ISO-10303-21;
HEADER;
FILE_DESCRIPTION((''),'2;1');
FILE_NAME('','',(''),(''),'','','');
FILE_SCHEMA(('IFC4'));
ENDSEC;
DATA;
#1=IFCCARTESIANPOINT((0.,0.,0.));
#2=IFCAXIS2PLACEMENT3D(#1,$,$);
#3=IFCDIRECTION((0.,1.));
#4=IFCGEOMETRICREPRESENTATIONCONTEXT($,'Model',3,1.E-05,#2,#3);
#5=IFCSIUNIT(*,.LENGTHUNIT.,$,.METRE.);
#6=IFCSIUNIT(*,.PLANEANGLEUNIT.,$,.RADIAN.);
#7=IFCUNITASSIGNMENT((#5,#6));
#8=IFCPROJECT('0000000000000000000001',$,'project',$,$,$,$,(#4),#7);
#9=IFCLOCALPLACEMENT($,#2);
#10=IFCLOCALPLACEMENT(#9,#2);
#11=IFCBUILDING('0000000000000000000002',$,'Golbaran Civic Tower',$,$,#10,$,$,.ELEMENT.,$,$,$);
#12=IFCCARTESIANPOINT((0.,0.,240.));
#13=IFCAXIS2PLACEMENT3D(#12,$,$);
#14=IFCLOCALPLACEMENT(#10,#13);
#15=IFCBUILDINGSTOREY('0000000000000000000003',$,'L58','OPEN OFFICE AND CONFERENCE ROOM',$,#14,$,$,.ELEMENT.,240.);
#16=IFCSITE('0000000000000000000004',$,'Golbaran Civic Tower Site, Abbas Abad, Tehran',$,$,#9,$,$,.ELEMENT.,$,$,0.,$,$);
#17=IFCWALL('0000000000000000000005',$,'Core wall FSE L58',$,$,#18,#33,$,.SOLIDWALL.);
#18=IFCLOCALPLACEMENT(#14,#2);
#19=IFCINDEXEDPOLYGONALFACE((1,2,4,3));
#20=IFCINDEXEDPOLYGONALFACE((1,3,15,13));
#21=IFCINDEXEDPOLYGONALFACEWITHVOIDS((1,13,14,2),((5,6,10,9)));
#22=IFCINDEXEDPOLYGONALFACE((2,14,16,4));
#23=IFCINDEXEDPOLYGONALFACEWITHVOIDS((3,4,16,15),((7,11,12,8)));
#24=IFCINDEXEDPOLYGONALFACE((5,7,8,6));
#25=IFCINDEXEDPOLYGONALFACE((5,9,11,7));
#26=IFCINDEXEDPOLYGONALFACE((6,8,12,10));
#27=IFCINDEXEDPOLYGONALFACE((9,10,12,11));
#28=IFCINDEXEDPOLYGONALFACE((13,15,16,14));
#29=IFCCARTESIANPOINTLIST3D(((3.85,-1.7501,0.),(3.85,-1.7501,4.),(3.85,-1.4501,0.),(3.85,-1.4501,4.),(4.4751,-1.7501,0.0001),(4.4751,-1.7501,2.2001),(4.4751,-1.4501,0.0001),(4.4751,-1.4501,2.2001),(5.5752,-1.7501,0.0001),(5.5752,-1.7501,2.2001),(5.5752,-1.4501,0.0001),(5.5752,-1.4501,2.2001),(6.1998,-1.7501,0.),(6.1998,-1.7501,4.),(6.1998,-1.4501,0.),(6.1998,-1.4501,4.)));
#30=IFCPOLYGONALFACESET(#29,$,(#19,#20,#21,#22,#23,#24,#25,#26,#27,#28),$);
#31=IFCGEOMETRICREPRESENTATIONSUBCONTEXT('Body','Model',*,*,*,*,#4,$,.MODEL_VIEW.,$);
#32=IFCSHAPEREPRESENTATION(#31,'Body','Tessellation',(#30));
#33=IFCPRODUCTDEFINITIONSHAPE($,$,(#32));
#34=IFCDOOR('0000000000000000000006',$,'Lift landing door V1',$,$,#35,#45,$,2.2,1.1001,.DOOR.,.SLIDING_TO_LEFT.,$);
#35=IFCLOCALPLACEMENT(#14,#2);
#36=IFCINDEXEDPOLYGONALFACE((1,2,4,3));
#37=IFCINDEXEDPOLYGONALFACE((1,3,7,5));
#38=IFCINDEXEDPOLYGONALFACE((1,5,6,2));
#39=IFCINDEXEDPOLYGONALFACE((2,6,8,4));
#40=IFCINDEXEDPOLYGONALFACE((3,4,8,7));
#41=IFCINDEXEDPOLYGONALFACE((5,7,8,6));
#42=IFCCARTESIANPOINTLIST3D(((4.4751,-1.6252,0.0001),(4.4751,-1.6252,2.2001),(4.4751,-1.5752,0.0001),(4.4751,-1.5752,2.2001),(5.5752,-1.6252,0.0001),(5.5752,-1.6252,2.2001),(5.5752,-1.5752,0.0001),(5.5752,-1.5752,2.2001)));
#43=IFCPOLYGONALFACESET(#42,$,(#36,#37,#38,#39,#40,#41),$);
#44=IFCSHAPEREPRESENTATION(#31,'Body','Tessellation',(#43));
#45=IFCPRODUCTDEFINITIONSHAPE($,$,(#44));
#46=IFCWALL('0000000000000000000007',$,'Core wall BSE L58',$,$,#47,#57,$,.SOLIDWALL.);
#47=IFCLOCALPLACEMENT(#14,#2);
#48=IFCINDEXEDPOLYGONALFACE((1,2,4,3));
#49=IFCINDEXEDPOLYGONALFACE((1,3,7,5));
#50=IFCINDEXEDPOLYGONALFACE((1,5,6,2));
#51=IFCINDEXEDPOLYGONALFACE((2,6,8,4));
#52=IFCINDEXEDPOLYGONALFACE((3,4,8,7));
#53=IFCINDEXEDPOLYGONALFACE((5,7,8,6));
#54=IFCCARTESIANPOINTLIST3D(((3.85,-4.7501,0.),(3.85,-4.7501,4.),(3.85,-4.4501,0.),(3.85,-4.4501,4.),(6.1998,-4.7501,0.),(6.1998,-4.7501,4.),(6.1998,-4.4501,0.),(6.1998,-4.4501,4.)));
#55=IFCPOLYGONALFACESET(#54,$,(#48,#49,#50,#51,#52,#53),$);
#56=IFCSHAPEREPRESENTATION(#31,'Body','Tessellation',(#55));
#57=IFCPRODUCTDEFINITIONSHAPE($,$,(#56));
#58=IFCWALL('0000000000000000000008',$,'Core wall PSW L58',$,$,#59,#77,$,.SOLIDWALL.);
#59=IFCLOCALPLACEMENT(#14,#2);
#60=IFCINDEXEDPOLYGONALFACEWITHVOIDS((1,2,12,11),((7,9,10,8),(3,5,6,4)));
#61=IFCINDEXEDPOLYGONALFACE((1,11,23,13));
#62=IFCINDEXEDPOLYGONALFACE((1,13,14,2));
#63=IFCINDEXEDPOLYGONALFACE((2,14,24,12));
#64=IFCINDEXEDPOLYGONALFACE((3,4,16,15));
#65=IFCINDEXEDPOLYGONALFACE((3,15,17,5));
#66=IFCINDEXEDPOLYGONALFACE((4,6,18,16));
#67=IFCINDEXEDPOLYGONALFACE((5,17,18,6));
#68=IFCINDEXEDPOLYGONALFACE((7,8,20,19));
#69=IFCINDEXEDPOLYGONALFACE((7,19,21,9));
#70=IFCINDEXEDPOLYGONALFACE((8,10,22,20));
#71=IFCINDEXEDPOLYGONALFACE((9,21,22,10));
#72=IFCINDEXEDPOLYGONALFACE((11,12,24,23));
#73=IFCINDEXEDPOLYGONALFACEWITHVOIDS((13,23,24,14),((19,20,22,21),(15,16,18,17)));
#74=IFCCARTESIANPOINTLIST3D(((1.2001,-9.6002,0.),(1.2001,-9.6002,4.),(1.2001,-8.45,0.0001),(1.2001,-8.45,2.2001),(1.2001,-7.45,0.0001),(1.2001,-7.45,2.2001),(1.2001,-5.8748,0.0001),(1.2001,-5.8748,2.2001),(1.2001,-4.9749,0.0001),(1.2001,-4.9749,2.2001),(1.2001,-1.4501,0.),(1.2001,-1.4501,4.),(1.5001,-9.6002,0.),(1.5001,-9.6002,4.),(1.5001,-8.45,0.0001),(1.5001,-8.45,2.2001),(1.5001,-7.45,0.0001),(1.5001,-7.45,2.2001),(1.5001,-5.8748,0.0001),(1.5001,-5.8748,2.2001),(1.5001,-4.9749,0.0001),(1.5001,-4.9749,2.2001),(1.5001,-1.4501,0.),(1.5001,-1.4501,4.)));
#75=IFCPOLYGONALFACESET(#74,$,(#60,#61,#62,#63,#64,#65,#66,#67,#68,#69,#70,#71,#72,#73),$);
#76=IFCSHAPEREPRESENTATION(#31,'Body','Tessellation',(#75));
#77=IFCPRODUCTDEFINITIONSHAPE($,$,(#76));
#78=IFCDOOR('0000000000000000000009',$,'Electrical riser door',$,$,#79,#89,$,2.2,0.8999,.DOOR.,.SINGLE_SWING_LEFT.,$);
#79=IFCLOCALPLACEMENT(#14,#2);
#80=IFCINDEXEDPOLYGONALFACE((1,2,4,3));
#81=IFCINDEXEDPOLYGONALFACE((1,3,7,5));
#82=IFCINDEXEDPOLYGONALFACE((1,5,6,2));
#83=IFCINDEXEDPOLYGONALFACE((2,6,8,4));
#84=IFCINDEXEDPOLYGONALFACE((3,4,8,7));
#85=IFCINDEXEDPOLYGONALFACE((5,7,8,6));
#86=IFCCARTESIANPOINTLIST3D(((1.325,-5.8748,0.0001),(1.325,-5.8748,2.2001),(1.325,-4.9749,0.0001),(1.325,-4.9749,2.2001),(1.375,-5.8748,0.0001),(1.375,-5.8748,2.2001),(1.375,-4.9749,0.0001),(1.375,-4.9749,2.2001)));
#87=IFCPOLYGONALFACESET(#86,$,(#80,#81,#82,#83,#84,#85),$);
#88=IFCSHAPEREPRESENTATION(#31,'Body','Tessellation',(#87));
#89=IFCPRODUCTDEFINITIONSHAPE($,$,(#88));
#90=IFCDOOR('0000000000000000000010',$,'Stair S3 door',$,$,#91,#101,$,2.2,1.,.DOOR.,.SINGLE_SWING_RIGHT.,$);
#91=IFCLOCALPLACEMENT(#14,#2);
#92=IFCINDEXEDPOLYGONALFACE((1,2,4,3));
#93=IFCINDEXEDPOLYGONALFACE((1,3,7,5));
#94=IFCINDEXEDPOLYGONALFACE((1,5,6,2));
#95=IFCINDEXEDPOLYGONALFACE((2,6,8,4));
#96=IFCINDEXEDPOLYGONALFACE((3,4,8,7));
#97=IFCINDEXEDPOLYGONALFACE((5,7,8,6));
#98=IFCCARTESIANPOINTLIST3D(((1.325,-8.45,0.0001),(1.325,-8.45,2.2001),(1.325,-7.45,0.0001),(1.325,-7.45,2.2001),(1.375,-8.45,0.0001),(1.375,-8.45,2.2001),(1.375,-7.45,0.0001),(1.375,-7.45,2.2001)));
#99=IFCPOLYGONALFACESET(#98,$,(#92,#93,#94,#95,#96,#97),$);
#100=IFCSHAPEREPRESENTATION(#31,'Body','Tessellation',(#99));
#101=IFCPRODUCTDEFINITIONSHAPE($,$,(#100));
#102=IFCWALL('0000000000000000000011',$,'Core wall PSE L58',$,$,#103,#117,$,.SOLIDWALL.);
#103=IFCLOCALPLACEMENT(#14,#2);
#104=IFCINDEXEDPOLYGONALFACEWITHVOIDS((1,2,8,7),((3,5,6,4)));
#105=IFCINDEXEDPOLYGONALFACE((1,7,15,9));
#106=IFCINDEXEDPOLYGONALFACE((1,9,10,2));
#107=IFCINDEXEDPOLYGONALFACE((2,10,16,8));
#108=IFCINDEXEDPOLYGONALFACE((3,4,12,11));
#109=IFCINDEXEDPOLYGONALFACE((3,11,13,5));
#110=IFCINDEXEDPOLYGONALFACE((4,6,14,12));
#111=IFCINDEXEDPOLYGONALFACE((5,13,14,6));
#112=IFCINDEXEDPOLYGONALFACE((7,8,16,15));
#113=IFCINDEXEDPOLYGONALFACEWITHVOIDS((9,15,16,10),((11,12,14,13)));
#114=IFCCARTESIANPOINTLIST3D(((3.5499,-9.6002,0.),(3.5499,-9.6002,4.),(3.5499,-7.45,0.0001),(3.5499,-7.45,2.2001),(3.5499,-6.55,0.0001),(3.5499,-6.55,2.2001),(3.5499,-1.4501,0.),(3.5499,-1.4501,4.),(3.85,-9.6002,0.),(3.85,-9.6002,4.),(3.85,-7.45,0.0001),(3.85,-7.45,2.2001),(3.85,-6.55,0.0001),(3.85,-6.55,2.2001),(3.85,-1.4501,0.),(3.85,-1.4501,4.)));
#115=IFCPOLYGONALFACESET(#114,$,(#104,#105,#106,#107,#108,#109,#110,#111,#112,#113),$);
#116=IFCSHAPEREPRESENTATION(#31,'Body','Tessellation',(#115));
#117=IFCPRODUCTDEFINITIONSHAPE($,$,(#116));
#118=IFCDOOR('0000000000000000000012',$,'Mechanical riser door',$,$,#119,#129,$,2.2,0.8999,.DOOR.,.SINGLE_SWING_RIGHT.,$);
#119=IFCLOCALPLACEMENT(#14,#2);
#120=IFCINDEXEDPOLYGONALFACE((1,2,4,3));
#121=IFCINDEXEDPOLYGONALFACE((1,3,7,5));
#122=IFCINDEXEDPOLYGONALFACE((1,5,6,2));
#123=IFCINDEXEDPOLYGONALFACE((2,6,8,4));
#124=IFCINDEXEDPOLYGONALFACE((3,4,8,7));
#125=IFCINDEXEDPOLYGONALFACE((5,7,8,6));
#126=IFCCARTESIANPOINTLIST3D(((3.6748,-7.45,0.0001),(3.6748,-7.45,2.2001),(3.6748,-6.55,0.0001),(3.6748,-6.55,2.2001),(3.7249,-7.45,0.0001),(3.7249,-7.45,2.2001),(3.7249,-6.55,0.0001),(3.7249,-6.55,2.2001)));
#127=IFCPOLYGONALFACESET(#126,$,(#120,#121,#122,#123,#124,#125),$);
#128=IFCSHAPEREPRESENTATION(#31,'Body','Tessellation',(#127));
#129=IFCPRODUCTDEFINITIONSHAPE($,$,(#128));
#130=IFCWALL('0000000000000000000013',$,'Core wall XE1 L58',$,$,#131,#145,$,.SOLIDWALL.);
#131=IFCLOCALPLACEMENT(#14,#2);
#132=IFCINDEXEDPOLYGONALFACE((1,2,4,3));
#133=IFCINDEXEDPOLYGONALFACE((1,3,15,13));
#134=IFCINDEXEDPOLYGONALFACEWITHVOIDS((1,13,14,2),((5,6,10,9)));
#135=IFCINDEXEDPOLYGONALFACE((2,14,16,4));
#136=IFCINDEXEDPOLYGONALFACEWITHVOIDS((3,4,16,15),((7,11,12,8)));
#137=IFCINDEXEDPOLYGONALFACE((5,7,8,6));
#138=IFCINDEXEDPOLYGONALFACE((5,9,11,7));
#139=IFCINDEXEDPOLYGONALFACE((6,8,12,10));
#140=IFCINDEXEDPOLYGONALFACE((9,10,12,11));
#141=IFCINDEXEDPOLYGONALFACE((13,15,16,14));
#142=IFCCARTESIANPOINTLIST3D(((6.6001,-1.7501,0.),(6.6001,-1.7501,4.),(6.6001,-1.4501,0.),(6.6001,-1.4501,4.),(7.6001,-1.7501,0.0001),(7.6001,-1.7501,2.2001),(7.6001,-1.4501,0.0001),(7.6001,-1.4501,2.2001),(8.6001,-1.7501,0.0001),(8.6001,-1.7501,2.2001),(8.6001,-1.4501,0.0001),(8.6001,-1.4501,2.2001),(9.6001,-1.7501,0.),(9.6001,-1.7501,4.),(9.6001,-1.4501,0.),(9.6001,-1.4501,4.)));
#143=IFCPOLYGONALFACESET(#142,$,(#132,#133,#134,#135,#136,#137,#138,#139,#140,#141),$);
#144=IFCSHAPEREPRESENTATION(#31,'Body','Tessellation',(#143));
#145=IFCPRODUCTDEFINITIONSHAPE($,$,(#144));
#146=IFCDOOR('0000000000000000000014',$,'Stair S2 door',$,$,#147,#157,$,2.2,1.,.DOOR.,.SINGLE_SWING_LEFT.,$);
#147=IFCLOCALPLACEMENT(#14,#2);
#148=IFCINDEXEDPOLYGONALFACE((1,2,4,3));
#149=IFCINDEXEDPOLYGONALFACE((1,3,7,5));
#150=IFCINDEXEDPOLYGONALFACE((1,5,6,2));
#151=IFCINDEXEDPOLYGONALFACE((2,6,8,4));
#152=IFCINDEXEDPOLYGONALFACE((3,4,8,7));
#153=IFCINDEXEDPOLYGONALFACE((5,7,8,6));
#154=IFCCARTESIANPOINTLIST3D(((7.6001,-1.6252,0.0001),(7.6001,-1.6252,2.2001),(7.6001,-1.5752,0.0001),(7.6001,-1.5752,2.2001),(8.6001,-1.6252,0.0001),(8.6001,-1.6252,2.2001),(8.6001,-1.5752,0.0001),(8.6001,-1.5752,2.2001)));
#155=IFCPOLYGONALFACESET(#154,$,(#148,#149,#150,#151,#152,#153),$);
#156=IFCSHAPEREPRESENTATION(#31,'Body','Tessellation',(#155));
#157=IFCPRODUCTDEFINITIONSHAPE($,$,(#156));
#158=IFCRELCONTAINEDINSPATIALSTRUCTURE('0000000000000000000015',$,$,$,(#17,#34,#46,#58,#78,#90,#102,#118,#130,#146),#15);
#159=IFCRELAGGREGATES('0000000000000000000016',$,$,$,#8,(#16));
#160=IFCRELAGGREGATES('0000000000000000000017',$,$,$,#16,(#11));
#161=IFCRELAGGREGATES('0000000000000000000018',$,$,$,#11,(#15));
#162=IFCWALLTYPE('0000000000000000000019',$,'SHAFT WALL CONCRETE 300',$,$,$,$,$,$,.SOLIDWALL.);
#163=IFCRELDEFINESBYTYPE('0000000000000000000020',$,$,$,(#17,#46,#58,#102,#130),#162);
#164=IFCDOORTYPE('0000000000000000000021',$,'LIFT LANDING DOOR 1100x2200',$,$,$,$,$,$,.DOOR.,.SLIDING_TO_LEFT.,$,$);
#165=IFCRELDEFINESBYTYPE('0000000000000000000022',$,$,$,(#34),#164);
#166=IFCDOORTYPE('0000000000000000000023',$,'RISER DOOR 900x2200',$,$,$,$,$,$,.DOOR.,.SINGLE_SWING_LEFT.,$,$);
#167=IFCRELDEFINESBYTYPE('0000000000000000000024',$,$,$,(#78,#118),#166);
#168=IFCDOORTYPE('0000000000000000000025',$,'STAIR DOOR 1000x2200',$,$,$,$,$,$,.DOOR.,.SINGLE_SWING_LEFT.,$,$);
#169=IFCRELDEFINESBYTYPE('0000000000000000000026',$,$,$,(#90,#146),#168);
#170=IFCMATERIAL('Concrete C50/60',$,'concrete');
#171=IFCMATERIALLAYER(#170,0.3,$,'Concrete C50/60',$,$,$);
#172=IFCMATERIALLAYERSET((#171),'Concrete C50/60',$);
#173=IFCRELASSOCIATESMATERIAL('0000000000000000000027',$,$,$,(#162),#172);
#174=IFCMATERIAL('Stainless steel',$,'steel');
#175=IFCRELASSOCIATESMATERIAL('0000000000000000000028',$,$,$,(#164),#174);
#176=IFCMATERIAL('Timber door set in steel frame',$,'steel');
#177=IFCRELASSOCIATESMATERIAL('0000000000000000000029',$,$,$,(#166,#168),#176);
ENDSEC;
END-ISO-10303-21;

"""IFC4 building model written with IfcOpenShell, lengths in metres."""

from ifc_helpers import new_model, si_unit, direction, frame, frame_2d, origin, place, context, subcontext, project, spatial, rectangle, extrude, material, layer, layer_set, type_object, element, fill, save


model = new_model("IFC4")

# Units and contexts
model_context = context("Model", 3, precision=1e-05, world=origin(), true_north=direction((0.0, 1.0)))
body_context = subcontext(model_context, "Body", "Model", "MODEL_VIEW")
ifc_project = project(units=[si_unit("LENGTHUNIT", "METRE"), si_unit("PLANEANGLEUNIT", "RADIAN")], contexts=[model_context])

# Site, building, storey
site_placement = place(None, origin())
site = spatial("IfcSite", under=ifc_project, at=site_placement, Name="Golbaran Civic Tower Site, Abbas Abad, Tehran", CompositionType="ELEMENT", RefElevation=0.0)
building_placement = place(site_placement, origin())
building = spatial("IfcBuilding", under=site, at=building_placement, Name="Golbaran Civic Tower", CompositionType="ELEMENT")
storey_placement = place(building_placement, frame((0.0, 0.0, 240.0)))
storey = spatial("IfcBuildingStorey", under=building, at=storey_placement, Name="L58", Description="OPEN OFFICE AND CONFERENCE ROOM", CompositionType="ELEMENT", Elevation=240.0)

# Shared definitions
ifc_material_1 = material(Name="Concrete C50/60", Category="concrete")
ifc_material_2 = material(Name="Timber door set in steel frame", Category="steel")

# Wall, opening, door
ifc_layer_1 = layer(ifc_material_1, 0.3, Name="Concrete C50/60")
ifc_layer_set_1 = layer_set([ifc_layer_1], Name="Concrete C50/60")
wall_type_1 = type_object("IfcWallType", Name="SHAFT WALL CONCRETE 300", PredefinedType="SOLIDWALL", material=ifc_layer_set_1)
wall_1_placement = place(storey_placement, frame((3.8501, -1.6001, 0.0), z_axis=(0.0, 0.0, 1.0), x_axis=(1.0, 0.0, 0.0)))
wall_1 = element("IfcWall", 1, at=wall_1_placement, inside=storey, type_object=wall_type_1, Name="Core wall FSE L58", PredefinedType="SOLIDWALL", context=body_context, shape_type="SweptSolid", body=[
    extrude(rectangle(XDim=2.3499, YDim=0.3, at=frame_2d((1.1748, 0.0))), origin(), (0.0, 0.0, 1.0), 4.0),
])
opening_1_placement = place(wall_1_placement, frame((0.625, 0.0, 0.0)))
opening_1 = element("IfcOpeningElement", 2, at=opening_1_placement, cuts=wall_1, PredefinedType="OPENING", context=body_context, shape_type="SweptSolid", body=[
    extrude(rectangle(XDim=1.1001, YDim=2.2, at=frame_2d((0.55, 1.1001))), frame((0.0, 0.1599, 0.0), z_axis=(0.0, -1.0, 0.0), x_axis=(1.0, 0.0, 0.0)), (0.0, 0.0, 1.0), 0.3201),
])
ifc_material_3 = material(Name="Stainless steel", Category="steel")
door_type_1 = type_object("IfcDoorType", Name="LIFT LANDING DOOR 1100x2200", OperationType="SLIDING_TO_LEFT", PredefinedType="DOOR", material=ifc_material_3)
door_1_placement = place(opening_1_placement, origin())
door_1 = element("IfcDoor", 3, at=door_1_placement, inside=storey, type_object=door_type_1, Name="Lift landing door V1", OperationType="SLIDING_TO_LEFT", OverallHeight=2.2, OverallWidth=1.1001, PredefinedType="DOOR", context=body_context, shape_type="SweptSolid", body=[
    extrude(rectangle(XDim=1.1001, YDim=2.2, at=frame_2d((0.55, 1.1001))), frame((0.0, 0.0249, 0.0), z_axis=(0.0, -1.0, 0.0), x_axis=(1.0, 0.0, 0.0)), (0.0, 0.0, 1.0), 0.05),
])
fill(opening_1, door_1)

# Wall
wall_2_placement = place(storey_placement, frame((3.8501, -4.6001, 0.0), z_axis=(0.0, 0.0, 1.0), x_axis=(1.0, 0.0, 0.0)))
element("IfcWall", 4, at=wall_2_placement, inside=storey, type_object=wall_type_1, Name="Core wall BSE L58", PredefinedType="SOLIDWALL", context=body_context, shape_type="SweptSolid", body=[
    extrude(rectangle(XDim=2.3499, YDim=0.3, at=frame_2d((1.1748, 0.0))), origin(), (0.0, 0.0, 1.0), 4.0),
])

# Wall, openings, doors
wall_3_placement = place(storey_placement, frame((1.3501, -1.45, 0.0), z_axis=(0.0, 0.0, 1.0), x_axis=(0.0, -1.0, 0.0)))
wall_3 = element("IfcWall", 5, at=wall_3_placement, inside=storey, type_object=wall_type_1, Name="Core wall PSW L58", PredefinedType="SOLIDWALL", context=body_context, shape_type="SweptSolid", body=[
    extrude(rectangle(XDim=8.1501, YDim=0.3, at=frame_2d((4.0752, 0.0))), origin(), (0.0, 0.0, 1.0), 4.0),
])
opening_2_placement = place(wall_3_placement, frame((6.0, 0.0, 0.0)))
opening_2 = element("IfcOpeningElement", 6, at=opening_2_placement, cuts=wall_3, PredefinedType="OPENING", context=body_context, shape_type="SweptSolid", body=[
    extrude(rectangle(XDim=1.0, YDim=2.2, at=frame_2d((0.5, 1.1001))), frame((0.0, 0.1599, 0.0), z_axis=(0.0, -1.0, 0.0), x_axis=(1.0, 0.0, 0.0)), (0.0, 0.0, 1.0), 0.3201),
])
opening_3_placement = place(wall_3_placement, frame((3.5249, 0.0, 0.0)))
opening_3 = element("IfcOpeningElement", 7, at=opening_3_placement, cuts=wall_3, PredefinedType="OPENING", context=body_context, shape_type="SweptSolid", body=[
    extrude(rectangle(XDim=0.8999, YDim=2.2, at=frame_2d((0.45, 1.1001))), frame((0.0, 0.1599, 0.0), z_axis=(0.0, -1.0, 0.0), x_axis=(1.0, 0.0, 0.0)), (0.0, 0.0, 1.0), 0.3201),
])
door_type_2 = type_object("IfcDoorType", Name="RISER DOOR 900x2200", OperationType="SINGLE_SWING_LEFT", PredefinedType="DOOR", material=ifc_material_2)
door_2_placement = place(opening_3_placement, origin())
door_2 = element("IfcDoor", 8, at=door_2_placement, inside=storey, type_object=door_type_2, Name="Electrical riser door", OperationType="SINGLE_SWING_LEFT", OverallHeight=2.2, OverallWidth=0.8999, PredefinedType="DOOR", context=body_context, shape_type="SweptSolid", body=[
    extrude(rectangle(XDim=0.8999, YDim=2.2, at=frame_2d((0.45, 1.1001))), frame((0.0, 0.0249, 0.0), z_axis=(0.0, -1.0, 0.0), x_axis=(1.0, 0.0, 0.0)), (0.0, 0.0, 1.0), 0.05),
])
fill(opening_3, door_2)
door_type_3 = type_object("IfcDoorType", Name="STAIR DOOR 1000x2200", OperationType="SINGLE_SWING_LEFT", PredefinedType="DOOR", material=ifc_material_2)
door_3_placement = place(opening_2_placement, origin())
door_3 = element("IfcDoor", 9, at=door_3_placement, inside=storey, type_object=door_type_3, Name="Stair S3 door", OperationType="SINGLE_SWING_RIGHT", OverallHeight=2.2, OverallWidth=1.0, PredefinedType="DOOR", context=body_context, shape_type="SweptSolid", body=[
    extrude(rectangle(XDim=1.0, YDim=2.2, at=frame_2d((0.5, 1.1001))), frame((0.0, 0.0249, 0.0), z_axis=(0.0, -1.0, 0.0), x_axis=(1.0, 0.0, 0.0)), (0.0, 0.0, 1.0), 0.05),
])
fill(opening_2, door_3)

# Walls, openings, doors
wall_4_placement = place(storey_placement, frame((3.7, -1.45, 0.0), z_axis=(0.0, 0.0, 1.0), x_axis=(0.0, -1.0, 0.0)))
wall_4 = element("IfcWall", 10, at=wall_4_placement, inside=storey, type_object=wall_type_1, Name="Core wall PSE L58", PredefinedType="SOLIDWALL", context=body_context, shape_type="SweptSolid", body=[
    extrude(rectangle(XDim=8.1501, YDim=0.3, at=frame_2d((4.0752, 0.0))), origin(), (0.0, 0.0, 1.0), 4.0),
])
opening_4_placement = place(wall_4_placement, frame((5.1001, 0.0, 0.0)))
opening_4 = element("IfcOpeningElement", 11, at=opening_4_placement, cuts=wall_4, PredefinedType="OPENING", context=body_context, shape_type="SweptSolid", body=[
    extrude(rectangle(XDim=0.8999, YDim=2.2, at=frame_2d((0.45, 1.1001))), frame((0.0, 0.1599, 0.0), z_axis=(0.0, -1.0, 0.0), x_axis=(1.0, 0.0, 0.0)), (0.0, 0.0, 1.0), 0.3201),
])
door_4_placement = place(opening_4_placement, origin())
door_4 = element("IfcDoor", 12, at=door_4_placement, inside=storey, type_object=door_type_2, Name="Mechanical riser door", OperationType="SINGLE_SWING_RIGHT", OverallHeight=2.2, OverallWidth=0.8999, PredefinedType="DOOR", context=body_context, shape_type="SweptSolid", body=[
    extrude(rectangle(XDim=0.8999, YDim=2.2, at=frame_2d((0.45, 1.1001))), frame((0.0, 0.0249, 0.0), z_axis=(0.0, -1.0, 0.0), x_axis=(1.0, 0.0, 0.0)), (0.0, 0.0, 1.0), 0.05),
])
fill(opening_4, door_4)
wall_5_placement = place(storey_placement, frame((6.6001, -1.6001, 0.0), z_axis=(0.0, 0.0, 1.0), x_axis=(1.0, 0.0, 0.0)))
wall_5 = element("IfcWall", 13, at=wall_5_placement, inside=storey, type_object=wall_type_1, Name="Core wall XE1 L58", PredefinedType="SOLIDWALL", context=body_context, shape_type="SweptSolid", body=[
    extrude(rectangle(XDim=3.0, YDim=0.3, at=frame_2d((1.5, 0.0))), origin(), (0.0, 0.0, 1.0), 4.0),
])
opening_5_placement = place(wall_5_placement, frame((1.0, 0.0, 0.0)))
opening_5 = element("IfcOpeningElement", 14, at=opening_5_placement, cuts=wall_5, PredefinedType="OPENING", context=body_context, shape_type="SweptSolid", body=[
    extrude(rectangle(XDim=1.0, YDim=2.2, at=frame_2d((0.5, 1.1001))), frame((0.0, 0.1599, 0.0), z_axis=(0.0, -1.0, 0.0), x_axis=(1.0, 0.0, 0.0)), (0.0, 0.0, 1.0), 0.3201),
])
door_5_placement = place(opening_5_placement, origin())
door_5 = element("IfcDoor", 15, at=door_5_placement, inside=storey, type_object=door_type_3, Name="Stair S2 door", OperationType="SINGLE_SWING_LEFT", OverallHeight=2.2, OverallWidth=1.0, PredefinedType="DOOR", context=body_context, shape_type="SweptSolid", body=[
    extrude(rectangle(XDim=1.0, YDim=2.2, at=frame_2d((0.5, 1.1001))), frame((0.0, 0.0249, 0.0), z_axis=(0.0, -1.0, 0.0), x_axis=(1.0, 0.0, 0.0)), (0.0, 0.0, 1.0), 0.05),
])
fill(opening_5, door_5)

save(model, "model.ifc")
